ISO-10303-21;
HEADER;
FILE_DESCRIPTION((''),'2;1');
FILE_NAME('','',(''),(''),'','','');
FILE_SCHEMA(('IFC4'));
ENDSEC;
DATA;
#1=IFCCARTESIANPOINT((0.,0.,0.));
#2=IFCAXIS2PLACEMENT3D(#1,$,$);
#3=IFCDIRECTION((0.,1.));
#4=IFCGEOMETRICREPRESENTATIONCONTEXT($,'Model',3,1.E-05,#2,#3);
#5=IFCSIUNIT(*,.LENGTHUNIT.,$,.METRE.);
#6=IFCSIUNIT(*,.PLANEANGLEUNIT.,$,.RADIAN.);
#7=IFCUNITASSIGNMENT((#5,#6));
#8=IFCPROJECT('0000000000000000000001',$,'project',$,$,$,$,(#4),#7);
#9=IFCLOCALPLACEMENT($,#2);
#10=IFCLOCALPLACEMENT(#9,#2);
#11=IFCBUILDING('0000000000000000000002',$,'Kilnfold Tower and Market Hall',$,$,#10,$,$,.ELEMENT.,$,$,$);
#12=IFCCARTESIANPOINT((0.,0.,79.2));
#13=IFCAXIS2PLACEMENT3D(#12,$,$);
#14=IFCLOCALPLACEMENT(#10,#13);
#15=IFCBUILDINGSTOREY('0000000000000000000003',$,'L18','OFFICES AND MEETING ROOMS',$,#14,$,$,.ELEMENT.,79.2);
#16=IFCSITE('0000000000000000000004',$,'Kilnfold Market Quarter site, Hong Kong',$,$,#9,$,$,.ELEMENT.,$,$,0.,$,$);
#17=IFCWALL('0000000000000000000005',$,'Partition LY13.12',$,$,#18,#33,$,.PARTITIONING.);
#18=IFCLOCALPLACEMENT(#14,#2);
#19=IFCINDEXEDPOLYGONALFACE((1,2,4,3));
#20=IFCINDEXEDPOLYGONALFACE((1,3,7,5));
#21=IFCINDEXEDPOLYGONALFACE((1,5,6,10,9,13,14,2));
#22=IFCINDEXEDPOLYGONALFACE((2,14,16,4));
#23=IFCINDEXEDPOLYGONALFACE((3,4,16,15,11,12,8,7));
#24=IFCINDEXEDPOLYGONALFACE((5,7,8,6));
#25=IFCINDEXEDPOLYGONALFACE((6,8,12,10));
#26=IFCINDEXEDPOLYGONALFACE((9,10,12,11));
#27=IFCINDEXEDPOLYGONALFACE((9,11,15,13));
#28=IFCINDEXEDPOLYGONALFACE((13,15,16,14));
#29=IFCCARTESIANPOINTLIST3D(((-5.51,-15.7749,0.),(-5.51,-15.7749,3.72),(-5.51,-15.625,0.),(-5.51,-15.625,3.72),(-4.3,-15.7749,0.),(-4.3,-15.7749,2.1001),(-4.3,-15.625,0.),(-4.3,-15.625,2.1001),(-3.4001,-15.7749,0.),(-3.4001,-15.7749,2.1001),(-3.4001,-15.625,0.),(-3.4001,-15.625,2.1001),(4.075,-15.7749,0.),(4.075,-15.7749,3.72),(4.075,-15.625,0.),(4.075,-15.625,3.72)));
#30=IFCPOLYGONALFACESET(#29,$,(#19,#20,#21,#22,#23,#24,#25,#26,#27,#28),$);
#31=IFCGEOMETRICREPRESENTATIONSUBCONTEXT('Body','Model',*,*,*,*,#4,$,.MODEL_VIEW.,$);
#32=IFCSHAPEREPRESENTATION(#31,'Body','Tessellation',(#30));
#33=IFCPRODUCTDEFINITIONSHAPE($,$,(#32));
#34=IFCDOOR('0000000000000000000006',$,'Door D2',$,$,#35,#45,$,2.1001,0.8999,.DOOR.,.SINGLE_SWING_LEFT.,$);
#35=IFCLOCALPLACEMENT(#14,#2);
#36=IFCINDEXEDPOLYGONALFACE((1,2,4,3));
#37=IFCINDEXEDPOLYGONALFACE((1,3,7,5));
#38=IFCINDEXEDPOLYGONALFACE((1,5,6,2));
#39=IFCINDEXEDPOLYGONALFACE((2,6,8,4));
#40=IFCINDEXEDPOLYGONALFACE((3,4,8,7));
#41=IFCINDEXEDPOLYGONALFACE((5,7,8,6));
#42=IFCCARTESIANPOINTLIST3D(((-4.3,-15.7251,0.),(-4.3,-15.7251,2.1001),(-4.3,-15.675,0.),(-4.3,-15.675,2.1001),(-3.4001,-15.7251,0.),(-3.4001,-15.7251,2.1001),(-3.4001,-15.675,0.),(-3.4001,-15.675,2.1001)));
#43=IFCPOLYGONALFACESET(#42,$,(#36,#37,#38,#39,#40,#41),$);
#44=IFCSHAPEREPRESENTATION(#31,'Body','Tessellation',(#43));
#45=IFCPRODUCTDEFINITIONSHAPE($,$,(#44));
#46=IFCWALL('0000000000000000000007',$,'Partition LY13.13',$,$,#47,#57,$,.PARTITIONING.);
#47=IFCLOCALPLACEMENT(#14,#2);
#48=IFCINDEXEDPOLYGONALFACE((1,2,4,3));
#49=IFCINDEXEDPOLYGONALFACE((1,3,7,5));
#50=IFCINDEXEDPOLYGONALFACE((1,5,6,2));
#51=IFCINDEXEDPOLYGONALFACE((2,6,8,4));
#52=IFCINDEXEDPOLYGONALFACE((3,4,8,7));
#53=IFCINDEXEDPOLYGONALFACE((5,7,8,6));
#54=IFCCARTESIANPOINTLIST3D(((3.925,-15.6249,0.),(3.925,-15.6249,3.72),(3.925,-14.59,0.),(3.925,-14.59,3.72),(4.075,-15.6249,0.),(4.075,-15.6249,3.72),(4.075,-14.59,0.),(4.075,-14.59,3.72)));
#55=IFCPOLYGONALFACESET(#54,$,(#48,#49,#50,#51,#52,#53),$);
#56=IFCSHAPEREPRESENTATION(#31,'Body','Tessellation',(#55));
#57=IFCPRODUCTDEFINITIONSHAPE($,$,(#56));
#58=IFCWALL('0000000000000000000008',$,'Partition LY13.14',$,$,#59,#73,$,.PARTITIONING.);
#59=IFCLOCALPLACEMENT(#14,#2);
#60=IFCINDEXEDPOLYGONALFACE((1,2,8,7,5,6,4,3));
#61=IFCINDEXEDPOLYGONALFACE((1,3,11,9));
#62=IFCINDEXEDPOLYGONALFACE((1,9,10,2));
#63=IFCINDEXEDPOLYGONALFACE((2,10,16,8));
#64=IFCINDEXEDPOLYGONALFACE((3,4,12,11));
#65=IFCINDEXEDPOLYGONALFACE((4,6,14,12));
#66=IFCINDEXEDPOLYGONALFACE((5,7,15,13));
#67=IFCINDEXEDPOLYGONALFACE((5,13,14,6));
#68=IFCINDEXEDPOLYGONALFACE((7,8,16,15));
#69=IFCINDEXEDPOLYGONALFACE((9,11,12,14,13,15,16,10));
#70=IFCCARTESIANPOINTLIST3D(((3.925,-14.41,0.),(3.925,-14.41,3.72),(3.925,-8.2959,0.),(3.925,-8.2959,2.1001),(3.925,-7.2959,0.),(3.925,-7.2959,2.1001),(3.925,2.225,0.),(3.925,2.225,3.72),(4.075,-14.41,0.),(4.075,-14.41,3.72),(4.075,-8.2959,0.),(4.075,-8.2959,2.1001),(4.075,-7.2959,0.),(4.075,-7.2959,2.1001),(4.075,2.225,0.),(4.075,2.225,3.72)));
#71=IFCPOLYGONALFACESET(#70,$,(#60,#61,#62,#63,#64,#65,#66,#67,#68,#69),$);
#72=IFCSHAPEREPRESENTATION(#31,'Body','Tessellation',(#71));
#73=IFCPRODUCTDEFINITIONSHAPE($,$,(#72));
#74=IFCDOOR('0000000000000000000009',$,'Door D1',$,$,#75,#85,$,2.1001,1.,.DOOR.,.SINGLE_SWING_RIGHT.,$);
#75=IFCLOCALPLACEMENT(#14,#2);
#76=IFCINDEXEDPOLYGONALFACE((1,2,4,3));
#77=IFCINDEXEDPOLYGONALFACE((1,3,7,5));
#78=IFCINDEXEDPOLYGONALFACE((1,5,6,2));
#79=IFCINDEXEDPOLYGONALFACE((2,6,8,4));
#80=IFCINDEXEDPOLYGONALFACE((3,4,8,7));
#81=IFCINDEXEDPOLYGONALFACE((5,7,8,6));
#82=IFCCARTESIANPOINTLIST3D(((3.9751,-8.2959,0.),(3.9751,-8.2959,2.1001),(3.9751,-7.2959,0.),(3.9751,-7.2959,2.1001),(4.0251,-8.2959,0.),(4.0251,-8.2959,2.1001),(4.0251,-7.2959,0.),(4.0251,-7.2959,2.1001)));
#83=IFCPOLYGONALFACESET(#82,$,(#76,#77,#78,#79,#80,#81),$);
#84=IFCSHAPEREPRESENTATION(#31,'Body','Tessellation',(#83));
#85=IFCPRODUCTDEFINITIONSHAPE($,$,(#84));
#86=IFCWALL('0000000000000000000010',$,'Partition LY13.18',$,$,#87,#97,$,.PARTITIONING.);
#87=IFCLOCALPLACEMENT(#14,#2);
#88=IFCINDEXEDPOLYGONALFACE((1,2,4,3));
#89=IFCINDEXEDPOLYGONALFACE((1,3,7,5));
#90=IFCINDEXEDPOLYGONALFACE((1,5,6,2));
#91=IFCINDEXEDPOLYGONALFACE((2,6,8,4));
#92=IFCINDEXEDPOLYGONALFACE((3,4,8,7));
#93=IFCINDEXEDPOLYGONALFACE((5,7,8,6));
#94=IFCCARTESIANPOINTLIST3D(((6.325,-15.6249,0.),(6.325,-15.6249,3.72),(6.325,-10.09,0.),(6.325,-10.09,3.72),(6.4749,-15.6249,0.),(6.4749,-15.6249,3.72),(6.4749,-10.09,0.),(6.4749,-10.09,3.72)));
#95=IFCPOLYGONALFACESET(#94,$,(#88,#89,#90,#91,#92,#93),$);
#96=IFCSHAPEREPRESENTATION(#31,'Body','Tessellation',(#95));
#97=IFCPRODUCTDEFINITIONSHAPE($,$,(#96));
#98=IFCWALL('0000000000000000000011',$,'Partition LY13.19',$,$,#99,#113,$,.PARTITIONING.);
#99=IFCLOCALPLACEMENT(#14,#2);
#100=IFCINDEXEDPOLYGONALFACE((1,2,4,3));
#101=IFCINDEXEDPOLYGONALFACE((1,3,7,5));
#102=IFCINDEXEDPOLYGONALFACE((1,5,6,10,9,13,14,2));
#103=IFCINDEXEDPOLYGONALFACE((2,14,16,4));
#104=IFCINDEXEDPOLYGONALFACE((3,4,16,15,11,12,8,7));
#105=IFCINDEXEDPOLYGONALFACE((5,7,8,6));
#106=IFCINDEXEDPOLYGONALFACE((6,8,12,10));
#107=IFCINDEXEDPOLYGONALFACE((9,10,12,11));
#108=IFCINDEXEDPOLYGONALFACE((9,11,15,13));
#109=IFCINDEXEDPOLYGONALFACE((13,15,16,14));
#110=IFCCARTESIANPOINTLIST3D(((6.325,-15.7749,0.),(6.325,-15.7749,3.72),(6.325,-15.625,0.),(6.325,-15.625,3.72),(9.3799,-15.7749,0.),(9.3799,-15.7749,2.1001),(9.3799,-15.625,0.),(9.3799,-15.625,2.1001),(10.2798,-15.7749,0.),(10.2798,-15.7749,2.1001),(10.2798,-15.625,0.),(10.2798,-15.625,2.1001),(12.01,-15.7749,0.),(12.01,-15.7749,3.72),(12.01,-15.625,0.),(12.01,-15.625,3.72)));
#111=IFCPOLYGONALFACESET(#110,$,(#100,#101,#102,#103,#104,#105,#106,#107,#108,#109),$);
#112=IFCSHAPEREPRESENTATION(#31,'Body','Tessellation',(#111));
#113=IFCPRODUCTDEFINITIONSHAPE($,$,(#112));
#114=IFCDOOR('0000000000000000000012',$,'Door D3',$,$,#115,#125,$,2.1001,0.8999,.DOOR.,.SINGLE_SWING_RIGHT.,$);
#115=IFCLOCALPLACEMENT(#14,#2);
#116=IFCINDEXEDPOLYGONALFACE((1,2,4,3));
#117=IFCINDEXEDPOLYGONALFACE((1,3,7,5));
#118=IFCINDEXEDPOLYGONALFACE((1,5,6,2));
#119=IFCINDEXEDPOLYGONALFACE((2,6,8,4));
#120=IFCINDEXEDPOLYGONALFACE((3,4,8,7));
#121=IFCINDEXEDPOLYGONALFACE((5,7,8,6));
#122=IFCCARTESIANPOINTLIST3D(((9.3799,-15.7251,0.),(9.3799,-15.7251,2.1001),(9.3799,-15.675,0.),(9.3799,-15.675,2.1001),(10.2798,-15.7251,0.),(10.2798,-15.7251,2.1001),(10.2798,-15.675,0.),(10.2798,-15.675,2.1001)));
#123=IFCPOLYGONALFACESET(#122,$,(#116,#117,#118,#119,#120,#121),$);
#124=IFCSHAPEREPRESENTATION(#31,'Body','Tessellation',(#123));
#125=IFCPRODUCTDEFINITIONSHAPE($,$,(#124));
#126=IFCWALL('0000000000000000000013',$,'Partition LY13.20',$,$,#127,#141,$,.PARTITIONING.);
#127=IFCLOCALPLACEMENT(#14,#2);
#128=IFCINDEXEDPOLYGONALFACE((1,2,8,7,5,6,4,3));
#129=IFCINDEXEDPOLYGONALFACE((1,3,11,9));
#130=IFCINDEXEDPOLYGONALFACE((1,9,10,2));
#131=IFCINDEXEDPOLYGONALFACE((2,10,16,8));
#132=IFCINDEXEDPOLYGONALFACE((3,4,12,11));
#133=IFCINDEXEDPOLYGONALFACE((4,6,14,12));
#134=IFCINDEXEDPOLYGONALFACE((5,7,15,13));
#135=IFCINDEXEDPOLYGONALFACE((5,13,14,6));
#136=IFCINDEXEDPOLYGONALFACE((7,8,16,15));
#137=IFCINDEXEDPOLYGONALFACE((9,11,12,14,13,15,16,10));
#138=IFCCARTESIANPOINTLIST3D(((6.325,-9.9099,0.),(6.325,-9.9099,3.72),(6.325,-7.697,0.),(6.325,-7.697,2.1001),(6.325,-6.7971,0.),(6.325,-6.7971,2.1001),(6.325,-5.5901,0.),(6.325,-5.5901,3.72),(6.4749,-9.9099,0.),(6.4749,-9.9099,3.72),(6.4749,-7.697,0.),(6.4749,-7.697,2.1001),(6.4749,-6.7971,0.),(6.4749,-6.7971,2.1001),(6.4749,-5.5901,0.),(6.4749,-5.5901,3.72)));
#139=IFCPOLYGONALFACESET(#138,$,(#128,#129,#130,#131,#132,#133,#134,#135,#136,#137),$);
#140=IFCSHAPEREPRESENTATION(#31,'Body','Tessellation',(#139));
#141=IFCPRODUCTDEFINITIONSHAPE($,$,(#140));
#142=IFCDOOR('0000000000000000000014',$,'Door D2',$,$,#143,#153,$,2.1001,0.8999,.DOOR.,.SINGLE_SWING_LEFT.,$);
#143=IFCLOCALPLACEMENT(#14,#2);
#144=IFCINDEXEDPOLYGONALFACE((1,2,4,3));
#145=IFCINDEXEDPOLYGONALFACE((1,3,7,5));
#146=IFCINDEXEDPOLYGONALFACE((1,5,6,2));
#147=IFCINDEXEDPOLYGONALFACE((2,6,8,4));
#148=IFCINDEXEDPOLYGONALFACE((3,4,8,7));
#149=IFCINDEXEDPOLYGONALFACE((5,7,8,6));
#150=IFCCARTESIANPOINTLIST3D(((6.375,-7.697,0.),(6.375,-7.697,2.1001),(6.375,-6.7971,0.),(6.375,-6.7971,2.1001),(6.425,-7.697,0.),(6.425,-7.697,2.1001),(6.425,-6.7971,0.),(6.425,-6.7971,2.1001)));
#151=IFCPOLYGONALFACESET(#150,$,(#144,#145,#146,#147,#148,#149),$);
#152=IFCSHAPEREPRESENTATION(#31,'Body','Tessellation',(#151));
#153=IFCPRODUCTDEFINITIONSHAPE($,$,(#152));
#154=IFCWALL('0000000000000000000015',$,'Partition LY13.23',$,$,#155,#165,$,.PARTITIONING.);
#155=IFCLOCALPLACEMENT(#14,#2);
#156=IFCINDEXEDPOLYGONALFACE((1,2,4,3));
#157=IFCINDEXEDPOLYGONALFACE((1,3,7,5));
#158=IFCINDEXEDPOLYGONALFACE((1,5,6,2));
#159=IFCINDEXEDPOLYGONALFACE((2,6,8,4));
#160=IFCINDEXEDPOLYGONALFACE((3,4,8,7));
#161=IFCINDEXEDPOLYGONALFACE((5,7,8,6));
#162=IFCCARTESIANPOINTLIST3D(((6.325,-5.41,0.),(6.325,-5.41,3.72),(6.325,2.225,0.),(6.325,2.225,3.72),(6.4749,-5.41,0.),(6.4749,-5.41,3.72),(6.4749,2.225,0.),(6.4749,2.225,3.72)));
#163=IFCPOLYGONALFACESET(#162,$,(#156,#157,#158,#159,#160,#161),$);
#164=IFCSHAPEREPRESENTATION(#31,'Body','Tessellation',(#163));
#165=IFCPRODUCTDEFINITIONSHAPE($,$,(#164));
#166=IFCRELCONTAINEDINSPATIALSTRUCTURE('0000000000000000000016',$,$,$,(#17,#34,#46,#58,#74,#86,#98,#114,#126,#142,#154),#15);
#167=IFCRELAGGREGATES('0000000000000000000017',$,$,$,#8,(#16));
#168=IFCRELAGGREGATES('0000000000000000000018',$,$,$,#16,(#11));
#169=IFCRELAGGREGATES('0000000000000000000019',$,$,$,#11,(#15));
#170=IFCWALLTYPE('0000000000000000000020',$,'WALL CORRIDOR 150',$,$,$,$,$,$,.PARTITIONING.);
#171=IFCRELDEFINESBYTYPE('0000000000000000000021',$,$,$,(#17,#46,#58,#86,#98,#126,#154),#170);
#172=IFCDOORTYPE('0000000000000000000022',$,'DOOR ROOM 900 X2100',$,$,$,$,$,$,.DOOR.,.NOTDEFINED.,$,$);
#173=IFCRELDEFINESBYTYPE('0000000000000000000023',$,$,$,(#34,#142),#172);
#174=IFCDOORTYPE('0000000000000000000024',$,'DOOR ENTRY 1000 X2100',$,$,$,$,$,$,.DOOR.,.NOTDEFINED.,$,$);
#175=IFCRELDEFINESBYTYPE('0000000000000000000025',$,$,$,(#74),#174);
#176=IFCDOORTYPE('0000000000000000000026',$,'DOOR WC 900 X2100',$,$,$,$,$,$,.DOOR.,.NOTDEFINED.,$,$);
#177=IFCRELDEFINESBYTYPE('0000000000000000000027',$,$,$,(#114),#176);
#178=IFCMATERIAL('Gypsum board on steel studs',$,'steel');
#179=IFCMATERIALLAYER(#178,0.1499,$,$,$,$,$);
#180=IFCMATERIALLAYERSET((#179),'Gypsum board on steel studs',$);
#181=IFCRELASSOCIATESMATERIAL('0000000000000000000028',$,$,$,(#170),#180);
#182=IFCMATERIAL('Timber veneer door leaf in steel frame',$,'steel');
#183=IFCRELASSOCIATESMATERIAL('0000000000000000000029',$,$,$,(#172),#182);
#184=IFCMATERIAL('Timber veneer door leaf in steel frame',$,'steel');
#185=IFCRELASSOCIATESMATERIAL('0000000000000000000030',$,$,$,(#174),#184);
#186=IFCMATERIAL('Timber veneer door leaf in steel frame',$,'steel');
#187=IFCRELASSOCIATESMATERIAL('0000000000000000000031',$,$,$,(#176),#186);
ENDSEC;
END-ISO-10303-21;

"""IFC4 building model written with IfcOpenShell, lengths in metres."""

from ifc_helpers import new_model, si_unit, direction, frame, frame_2d, origin, place, context, subcontext, project, spatial, rectangle, extrude, material, layer, layer_set, type_object, element, fill, save


model = new_model("IFC4")

# Units and contexts
model_context = context("Model", 3, precision=1e-05, world=origin(), true_north=direction((0.0, 1.0)))
body_context = subcontext(model_context, "Body", "Model", "MODEL_VIEW")
ifc_project = project(units=[si_unit("LENGTHUNIT", "METRE"), si_unit("PLANEANGLEUNIT", "RADIAN")], contexts=[model_context])

# Site, building, storey
site_placement = place(None, origin())
site = spatial("IfcSite", under=ifc_project, at=site_placement, Name="Kilnfold Market Quarter site, Hong Kong", CompositionType="ELEMENT", RefElevation=0.0)
building_placement = place(site_placement, origin())
building = spatial("IfcBuilding", under=site, at=building_placement, Name="Kilnfold Tower and Market Hall", CompositionType="ELEMENT")
storey_placement = place(building_placement, frame((0.0, 0.0, 79.2)))
storey = spatial("IfcBuildingStorey", under=building, at=storey_placement, Name="L18", Description="OFFICES AND MEETING ROOMS", CompositionType="ELEMENT", Elevation=79.2)

# Wall, opening, door
ifc_material_1 = material(Name="Gypsum board on steel studs", Category="steel")
ifc_layer_1 = layer(ifc_material_1, 0.1499)
ifc_layer_set_1 = layer_set([ifc_layer_1], Name="Gypsum board on steel studs")
wall_type_1 = type_object("IfcWallType", Name="WALL CORRIDOR 150", PredefinedType="PARTITIONING", material=ifc_layer_set_1)
wall_1_placement = place(storey_placement, frame((-5.51, -15.7, 0.0), z_axis=(0.0, 0.0, 1.0), x_axis=(1.0, 0.0, 0.0)))
wall_1 = element("IfcWall", 1, at=wall_1_placement, inside=storey, type_object=wall_type_1, Name="Partition LY13.12", PredefinedType="PARTITIONING", context=body_context, shape_type="SweptSolid", body=[
    extrude(rectangle(XDim=9.585, YDim=0.1499, at=frame_2d((4.7925, 0.0))), origin(), (0.0, 0.0, 1.0), 3.72),
])
opening_1_placement = place(wall_1_placement, frame((1.21, 0.0, 0.0)))
opening_1 = element("IfcOpeningElement", 2, at=opening_1_placement, cuts=wall_1, PredefinedType="OPENING", context=body_context, shape_type="SweptSolid", body=[
    extrude(rectangle(XDim=0.8999, YDim=2.1001, at=frame_2d((0.45, 1.05))), frame((0.0, 0.085, 0.0), z_axis=(0.0, -1.0, 0.0), x_axis=(1.0, 0.0, 0.0)), (0.0, 0.0, 1.0), 0.1699),
])
ifc_material_2 = material(Name="Timber veneer door leaf in steel frame", Category="steel")
door_type_1 = type_object("IfcDoorType", Name="DOOR ROOM 900 X2100", OperationType="NOTDEFINED", PredefinedType="DOOR", material=ifc_material_2)
door_1_placement = place(opening_1_placement, origin())
door_1 = element("IfcDoor", 3, at=door_1_placement, inside=storey, type_object=door_type_1, Name="Door D2", OperationType="SINGLE_SWING_LEFT", OverallHeight=2.1001, OverallWidth=0.8999, PredefinedType="DOOR", context=body_context, shape_type="SweptSolid", body=[
    extrude(rectangle(XDim=0.8999, YDim=2.1001, at=frame_2d((0.45, 1.05))), frame((0.0, 0.0249, 0.0), z_axis=(0.0, -1.0, 0.0), x_axis=(1.0, 0.0, 0.0)), (0.0, 0.0, 1.0), 0.05),
])
fill(opening_1, door_1)

# Wall
wall_2_placement = place(storey_placement, frame((4.0, -15.625, 0.0), z_axis=(0.0, 0.0, 1.0), x_axis=(0.0, 1.0, 0.0)))
element("IfcWall", 4, at=wall_2_placement, inside=storey, type_object=wall_type_1, Name="Partition LY13.13", PredefinedType="PARTITIONING", context=body_context, shape_type="SweptSolid", body=[
    extrude(rectangle(XDim=1.0349, YDim=0.1499, at=frame_2d((0.5176, 0.0))), origin(), (0.0, 0.0, 1.0), 3.72),
])

# Wall, opening, door
wall_3_placement = place(storey_placement, frame((4.0, -14.4099, 0.0), z_axis=(0.0, 0.0, 1.0), x_axis=(0.0, 1.0, 0.0)))
wall_3 = element("IfcWall", 5, at=wall_3_placement, inside=storey, type_object=wall_type_1, Name="Partition LY13.14", PredefinedType="PARTITIONING", context=body_context, shape_type="SweptSolid", body=[
    extrude(rectangle(XDim=16.635, YDim=0.1499, at=frame_2d((8.3174, 0.0))), origin(), (0.0, 0.0, 1.0), 3.72),
])
opening_2_placement = place(wall_3_placement, frame((6.114, 0.0, 0.0)))
opening_2 = element("IfcOpeningElement", 6, at=opening_2_placement, cuts=wall_3, PredefinedType="OPENING", context=body_context, shape_type="SweptSolid", body=[
    extrude(rectangle(XDim=1.0, YDim=2.1001, at=frame_2d((0.5, 1.05))), frame((0.0, 0.085, 0.0), z_axis=(0.0, -1.0, 0.0), x_axis=(1.0, 0.0, 0.0)), (0.0, 0.0, 1.0), 0.1699),
])
ifc_material_3 = material(Name="Timber veneer door leaf in steel frame", Category="steel")
door_type_2 = type_object("IfcDoorType", Name="DOOR ENTRY 1000 X2100", OperationType="NOTDEFINED", PredefinedType="DOOR", material=ifc_material_3)
door_2_placement = place(opening_2_placement, origin())
door_2 = element("IfcDoor", 7, at=door_2_placement, inside=storey, type_object=door_type_2, Name="Door D1", OperationType="SINGLE_SWING_RIGHT", OverallHeight=2.1001, OverallWidth=1.0, PredefinedType="DOOR", context=body_context, shape_type="SweptSolid", body=[
    extrude(rectangle(XDim=1.0, YDim=2.1001, at=frame_2d((0.5, 1.05))), frame((0.0, 0.0249, 0.0), z_axis=(0.0, -1.0, 0.0), x_axis=(1.0, 0.0, 0.0)), (0.0, 0.0, 1.0), 0.05),
])
fill(opening_2, door_2)

# Wall
wall_4_placement = place(storey_placement, frame((6.3999, -15.625, 0.0), z_axis=(0.0, 0.0, 1.0), x_axis=(0.0, 1.0, 0.0)))
element("IfcWall", 8, at=wall_4_placement, inside=storey, type_object=wall_type_1, Name="Partition LY13.18", PredefinedType="PARTITIONING", context=body_context, shape_type="SweptSolid", body=[
    extrude(rectangle(XDim=5.5349, YDim=0.1499, at=frame_2d((2.7676, 0.0))), origin(), (0.0, 0.0, 1.0), 3.72),
])

# Walls, openings, doors
wall_5_placement = place(storey_placement, frame((6.325, -15.7, 0.0), z_axis=(0.0, 0.0, 1.0), x_axis=(1.0, 0.0, 0.0)))
wall_5 = element("IfcWall", 9, at=wall_5_placement, inside=storey, type_object=wall_type_1, Name="Partition LY13.19", PredefinedType="PARTITIONING", context=body_context, shape_type="SweptSolid", body=[
    extrude(rectangle(XDim=5.6851, YDim=0.1499, at=frame_2d((2.8425, 0.0))), origin(), (0.0, 0.0, 1.0), 3.72),
])
opening_3_placement = place(wall_5_placement, frame((3.0549, 0.0, 0.0)))
opening_3 = element("IfcOpeningElement", 10, at=opening_3_placement, cuts=wall_5, PredefinedType="OPENING", context=body_context, shape_type="SweptSolid", body=[
    extrude(rectangle(XDim=0.8999, YDim=2.1001, at=frame_2d((0.45, 1.05))), frame((0.0, 0.085, 0.0), z_axis=(0.0, -1.0, 0.0), x_axis=(1.0, 0.0, 0.0)), (0.0, 0.0, 1.0), 0.1699),
])
ifc_material_4 = material(Name="Timber veneer door leaf in steel frame", Category="steel")
door_type_3 = type_object("IfcDoorType", Name="DOOR WC 900 X2100", OperationType="NOTDEFINED", PredefinedType="DOOR", material=ifc_material_4)
door_3_placement = place(opening_3_placement, origin())
door_3 = element("IfcDoor", 11, at=door_3_placement, inside=storey, type_object=door_type_3, Name="Door D3", OperationType="SINGLE_SWING_RIGHT", OverallHeight=2.1001, OverallWidth=0.8999, PredefinedType="DOOR", context=body_context, shape_type="SweptSolid", body=[
    extrude(rectangle(XDim=0.8999, YDim=2.1001, at=frame_2d((0.45, 1.05))), frame((0.0, 0.0249, 0.0), z_axis=(0.0, -1.0, 0.0), x_axis=(1.0, 0.0, 0.0)), (0.0, 0.0, 1.0), 0.05),
])
fill(opening_3, door_3)
wall_6_placement = place(storey_placement, frame((6.3999, -9.9099, 0.0), z_axis=(0.0, 0.0, 1.0), x_axis=(0.0, 1.0, 0.0)))
wall_6 = element("IfcWall", 12, at=wall_6_placement, inside=storey, type_object=wall_type_1, Name="Partition LY13.20", PredefinedType="PARTITIONING", context=body_context, shape_type="SweptSolid", body=[
    extrude(rectangle(XDim=4.3198, YDim=0.1499, at=frame_2d((2.1599, 0.0))), origin(), (0.0, 0.0, 1.0), 3.72),
])
opening_4_placement = place(wall_6_placement, frame((2.2129, 0.0, 0.0)))
opening_4 = element("IfcOpeningElement", 13, at=opening_4_placement, cuts=wall_6, PredefinedType="OPENING", context=body_context, shape_type="SweptSolid", body=[
    extrude(rectangle(XDim=0.8999, YDim=2.1001, at=frame_2d((0.45, 1.05))), frame((0.0, 0.085, 0.0), z_axis=(0.0, -1.0, 0.0), x_axis=(1.0, 0.0, 0.0)), (0.0, 0.0, 1.0), 0.1699),
])
door_4_placement = place(opening_4_placement, origin())
door_4 = element("IfcDoor", 14, at=door_4_placement, inside=storey, type_object=door_type_1, Name="Door D2", OperationType="SINGLE_SWING_LEFT", OverallHeight=2.1001, OverallWidth=0.8999, PredefinedType="DOOR", context=body_context, shape_type="SweptSolid", body=[
    extrude(rectangle(XDim=0.8999, YDim=2.1001, at=frame_2d((0.45, 1.05))), frame((0.0, 0.0249, 0.0), z_axis=(0.0, -1.0, 0.0), x_axis=(1.0, 0.0, 0.0)), (0.0, 0.0, 1.0), 0.05),
])
fill(opening_4, door_4)

# Wall
wall_7_placement = place(storey_placement, frame((6.3999, -5.4099, 0.0), z_axis=(0.0, 0.0, 1.0), x_axis=(0.0, 1.0, 0.0)))
element("IfcWall", 15, at=wall_7_placement, inside=storey, type_object=wall_type_1, Name="Partition LY13.23", PredefinedType="PARTITIONING", context=body_context, shape_type="SweptSolid", body=[
    extrude(rectangle(XDim=7.635, YDim=0.1499, at=frame_2d((3.8174, 0.0))), origin(), (0.0, 0.0, 1.0), 3.72),
])

save(model, "model.ifc")
